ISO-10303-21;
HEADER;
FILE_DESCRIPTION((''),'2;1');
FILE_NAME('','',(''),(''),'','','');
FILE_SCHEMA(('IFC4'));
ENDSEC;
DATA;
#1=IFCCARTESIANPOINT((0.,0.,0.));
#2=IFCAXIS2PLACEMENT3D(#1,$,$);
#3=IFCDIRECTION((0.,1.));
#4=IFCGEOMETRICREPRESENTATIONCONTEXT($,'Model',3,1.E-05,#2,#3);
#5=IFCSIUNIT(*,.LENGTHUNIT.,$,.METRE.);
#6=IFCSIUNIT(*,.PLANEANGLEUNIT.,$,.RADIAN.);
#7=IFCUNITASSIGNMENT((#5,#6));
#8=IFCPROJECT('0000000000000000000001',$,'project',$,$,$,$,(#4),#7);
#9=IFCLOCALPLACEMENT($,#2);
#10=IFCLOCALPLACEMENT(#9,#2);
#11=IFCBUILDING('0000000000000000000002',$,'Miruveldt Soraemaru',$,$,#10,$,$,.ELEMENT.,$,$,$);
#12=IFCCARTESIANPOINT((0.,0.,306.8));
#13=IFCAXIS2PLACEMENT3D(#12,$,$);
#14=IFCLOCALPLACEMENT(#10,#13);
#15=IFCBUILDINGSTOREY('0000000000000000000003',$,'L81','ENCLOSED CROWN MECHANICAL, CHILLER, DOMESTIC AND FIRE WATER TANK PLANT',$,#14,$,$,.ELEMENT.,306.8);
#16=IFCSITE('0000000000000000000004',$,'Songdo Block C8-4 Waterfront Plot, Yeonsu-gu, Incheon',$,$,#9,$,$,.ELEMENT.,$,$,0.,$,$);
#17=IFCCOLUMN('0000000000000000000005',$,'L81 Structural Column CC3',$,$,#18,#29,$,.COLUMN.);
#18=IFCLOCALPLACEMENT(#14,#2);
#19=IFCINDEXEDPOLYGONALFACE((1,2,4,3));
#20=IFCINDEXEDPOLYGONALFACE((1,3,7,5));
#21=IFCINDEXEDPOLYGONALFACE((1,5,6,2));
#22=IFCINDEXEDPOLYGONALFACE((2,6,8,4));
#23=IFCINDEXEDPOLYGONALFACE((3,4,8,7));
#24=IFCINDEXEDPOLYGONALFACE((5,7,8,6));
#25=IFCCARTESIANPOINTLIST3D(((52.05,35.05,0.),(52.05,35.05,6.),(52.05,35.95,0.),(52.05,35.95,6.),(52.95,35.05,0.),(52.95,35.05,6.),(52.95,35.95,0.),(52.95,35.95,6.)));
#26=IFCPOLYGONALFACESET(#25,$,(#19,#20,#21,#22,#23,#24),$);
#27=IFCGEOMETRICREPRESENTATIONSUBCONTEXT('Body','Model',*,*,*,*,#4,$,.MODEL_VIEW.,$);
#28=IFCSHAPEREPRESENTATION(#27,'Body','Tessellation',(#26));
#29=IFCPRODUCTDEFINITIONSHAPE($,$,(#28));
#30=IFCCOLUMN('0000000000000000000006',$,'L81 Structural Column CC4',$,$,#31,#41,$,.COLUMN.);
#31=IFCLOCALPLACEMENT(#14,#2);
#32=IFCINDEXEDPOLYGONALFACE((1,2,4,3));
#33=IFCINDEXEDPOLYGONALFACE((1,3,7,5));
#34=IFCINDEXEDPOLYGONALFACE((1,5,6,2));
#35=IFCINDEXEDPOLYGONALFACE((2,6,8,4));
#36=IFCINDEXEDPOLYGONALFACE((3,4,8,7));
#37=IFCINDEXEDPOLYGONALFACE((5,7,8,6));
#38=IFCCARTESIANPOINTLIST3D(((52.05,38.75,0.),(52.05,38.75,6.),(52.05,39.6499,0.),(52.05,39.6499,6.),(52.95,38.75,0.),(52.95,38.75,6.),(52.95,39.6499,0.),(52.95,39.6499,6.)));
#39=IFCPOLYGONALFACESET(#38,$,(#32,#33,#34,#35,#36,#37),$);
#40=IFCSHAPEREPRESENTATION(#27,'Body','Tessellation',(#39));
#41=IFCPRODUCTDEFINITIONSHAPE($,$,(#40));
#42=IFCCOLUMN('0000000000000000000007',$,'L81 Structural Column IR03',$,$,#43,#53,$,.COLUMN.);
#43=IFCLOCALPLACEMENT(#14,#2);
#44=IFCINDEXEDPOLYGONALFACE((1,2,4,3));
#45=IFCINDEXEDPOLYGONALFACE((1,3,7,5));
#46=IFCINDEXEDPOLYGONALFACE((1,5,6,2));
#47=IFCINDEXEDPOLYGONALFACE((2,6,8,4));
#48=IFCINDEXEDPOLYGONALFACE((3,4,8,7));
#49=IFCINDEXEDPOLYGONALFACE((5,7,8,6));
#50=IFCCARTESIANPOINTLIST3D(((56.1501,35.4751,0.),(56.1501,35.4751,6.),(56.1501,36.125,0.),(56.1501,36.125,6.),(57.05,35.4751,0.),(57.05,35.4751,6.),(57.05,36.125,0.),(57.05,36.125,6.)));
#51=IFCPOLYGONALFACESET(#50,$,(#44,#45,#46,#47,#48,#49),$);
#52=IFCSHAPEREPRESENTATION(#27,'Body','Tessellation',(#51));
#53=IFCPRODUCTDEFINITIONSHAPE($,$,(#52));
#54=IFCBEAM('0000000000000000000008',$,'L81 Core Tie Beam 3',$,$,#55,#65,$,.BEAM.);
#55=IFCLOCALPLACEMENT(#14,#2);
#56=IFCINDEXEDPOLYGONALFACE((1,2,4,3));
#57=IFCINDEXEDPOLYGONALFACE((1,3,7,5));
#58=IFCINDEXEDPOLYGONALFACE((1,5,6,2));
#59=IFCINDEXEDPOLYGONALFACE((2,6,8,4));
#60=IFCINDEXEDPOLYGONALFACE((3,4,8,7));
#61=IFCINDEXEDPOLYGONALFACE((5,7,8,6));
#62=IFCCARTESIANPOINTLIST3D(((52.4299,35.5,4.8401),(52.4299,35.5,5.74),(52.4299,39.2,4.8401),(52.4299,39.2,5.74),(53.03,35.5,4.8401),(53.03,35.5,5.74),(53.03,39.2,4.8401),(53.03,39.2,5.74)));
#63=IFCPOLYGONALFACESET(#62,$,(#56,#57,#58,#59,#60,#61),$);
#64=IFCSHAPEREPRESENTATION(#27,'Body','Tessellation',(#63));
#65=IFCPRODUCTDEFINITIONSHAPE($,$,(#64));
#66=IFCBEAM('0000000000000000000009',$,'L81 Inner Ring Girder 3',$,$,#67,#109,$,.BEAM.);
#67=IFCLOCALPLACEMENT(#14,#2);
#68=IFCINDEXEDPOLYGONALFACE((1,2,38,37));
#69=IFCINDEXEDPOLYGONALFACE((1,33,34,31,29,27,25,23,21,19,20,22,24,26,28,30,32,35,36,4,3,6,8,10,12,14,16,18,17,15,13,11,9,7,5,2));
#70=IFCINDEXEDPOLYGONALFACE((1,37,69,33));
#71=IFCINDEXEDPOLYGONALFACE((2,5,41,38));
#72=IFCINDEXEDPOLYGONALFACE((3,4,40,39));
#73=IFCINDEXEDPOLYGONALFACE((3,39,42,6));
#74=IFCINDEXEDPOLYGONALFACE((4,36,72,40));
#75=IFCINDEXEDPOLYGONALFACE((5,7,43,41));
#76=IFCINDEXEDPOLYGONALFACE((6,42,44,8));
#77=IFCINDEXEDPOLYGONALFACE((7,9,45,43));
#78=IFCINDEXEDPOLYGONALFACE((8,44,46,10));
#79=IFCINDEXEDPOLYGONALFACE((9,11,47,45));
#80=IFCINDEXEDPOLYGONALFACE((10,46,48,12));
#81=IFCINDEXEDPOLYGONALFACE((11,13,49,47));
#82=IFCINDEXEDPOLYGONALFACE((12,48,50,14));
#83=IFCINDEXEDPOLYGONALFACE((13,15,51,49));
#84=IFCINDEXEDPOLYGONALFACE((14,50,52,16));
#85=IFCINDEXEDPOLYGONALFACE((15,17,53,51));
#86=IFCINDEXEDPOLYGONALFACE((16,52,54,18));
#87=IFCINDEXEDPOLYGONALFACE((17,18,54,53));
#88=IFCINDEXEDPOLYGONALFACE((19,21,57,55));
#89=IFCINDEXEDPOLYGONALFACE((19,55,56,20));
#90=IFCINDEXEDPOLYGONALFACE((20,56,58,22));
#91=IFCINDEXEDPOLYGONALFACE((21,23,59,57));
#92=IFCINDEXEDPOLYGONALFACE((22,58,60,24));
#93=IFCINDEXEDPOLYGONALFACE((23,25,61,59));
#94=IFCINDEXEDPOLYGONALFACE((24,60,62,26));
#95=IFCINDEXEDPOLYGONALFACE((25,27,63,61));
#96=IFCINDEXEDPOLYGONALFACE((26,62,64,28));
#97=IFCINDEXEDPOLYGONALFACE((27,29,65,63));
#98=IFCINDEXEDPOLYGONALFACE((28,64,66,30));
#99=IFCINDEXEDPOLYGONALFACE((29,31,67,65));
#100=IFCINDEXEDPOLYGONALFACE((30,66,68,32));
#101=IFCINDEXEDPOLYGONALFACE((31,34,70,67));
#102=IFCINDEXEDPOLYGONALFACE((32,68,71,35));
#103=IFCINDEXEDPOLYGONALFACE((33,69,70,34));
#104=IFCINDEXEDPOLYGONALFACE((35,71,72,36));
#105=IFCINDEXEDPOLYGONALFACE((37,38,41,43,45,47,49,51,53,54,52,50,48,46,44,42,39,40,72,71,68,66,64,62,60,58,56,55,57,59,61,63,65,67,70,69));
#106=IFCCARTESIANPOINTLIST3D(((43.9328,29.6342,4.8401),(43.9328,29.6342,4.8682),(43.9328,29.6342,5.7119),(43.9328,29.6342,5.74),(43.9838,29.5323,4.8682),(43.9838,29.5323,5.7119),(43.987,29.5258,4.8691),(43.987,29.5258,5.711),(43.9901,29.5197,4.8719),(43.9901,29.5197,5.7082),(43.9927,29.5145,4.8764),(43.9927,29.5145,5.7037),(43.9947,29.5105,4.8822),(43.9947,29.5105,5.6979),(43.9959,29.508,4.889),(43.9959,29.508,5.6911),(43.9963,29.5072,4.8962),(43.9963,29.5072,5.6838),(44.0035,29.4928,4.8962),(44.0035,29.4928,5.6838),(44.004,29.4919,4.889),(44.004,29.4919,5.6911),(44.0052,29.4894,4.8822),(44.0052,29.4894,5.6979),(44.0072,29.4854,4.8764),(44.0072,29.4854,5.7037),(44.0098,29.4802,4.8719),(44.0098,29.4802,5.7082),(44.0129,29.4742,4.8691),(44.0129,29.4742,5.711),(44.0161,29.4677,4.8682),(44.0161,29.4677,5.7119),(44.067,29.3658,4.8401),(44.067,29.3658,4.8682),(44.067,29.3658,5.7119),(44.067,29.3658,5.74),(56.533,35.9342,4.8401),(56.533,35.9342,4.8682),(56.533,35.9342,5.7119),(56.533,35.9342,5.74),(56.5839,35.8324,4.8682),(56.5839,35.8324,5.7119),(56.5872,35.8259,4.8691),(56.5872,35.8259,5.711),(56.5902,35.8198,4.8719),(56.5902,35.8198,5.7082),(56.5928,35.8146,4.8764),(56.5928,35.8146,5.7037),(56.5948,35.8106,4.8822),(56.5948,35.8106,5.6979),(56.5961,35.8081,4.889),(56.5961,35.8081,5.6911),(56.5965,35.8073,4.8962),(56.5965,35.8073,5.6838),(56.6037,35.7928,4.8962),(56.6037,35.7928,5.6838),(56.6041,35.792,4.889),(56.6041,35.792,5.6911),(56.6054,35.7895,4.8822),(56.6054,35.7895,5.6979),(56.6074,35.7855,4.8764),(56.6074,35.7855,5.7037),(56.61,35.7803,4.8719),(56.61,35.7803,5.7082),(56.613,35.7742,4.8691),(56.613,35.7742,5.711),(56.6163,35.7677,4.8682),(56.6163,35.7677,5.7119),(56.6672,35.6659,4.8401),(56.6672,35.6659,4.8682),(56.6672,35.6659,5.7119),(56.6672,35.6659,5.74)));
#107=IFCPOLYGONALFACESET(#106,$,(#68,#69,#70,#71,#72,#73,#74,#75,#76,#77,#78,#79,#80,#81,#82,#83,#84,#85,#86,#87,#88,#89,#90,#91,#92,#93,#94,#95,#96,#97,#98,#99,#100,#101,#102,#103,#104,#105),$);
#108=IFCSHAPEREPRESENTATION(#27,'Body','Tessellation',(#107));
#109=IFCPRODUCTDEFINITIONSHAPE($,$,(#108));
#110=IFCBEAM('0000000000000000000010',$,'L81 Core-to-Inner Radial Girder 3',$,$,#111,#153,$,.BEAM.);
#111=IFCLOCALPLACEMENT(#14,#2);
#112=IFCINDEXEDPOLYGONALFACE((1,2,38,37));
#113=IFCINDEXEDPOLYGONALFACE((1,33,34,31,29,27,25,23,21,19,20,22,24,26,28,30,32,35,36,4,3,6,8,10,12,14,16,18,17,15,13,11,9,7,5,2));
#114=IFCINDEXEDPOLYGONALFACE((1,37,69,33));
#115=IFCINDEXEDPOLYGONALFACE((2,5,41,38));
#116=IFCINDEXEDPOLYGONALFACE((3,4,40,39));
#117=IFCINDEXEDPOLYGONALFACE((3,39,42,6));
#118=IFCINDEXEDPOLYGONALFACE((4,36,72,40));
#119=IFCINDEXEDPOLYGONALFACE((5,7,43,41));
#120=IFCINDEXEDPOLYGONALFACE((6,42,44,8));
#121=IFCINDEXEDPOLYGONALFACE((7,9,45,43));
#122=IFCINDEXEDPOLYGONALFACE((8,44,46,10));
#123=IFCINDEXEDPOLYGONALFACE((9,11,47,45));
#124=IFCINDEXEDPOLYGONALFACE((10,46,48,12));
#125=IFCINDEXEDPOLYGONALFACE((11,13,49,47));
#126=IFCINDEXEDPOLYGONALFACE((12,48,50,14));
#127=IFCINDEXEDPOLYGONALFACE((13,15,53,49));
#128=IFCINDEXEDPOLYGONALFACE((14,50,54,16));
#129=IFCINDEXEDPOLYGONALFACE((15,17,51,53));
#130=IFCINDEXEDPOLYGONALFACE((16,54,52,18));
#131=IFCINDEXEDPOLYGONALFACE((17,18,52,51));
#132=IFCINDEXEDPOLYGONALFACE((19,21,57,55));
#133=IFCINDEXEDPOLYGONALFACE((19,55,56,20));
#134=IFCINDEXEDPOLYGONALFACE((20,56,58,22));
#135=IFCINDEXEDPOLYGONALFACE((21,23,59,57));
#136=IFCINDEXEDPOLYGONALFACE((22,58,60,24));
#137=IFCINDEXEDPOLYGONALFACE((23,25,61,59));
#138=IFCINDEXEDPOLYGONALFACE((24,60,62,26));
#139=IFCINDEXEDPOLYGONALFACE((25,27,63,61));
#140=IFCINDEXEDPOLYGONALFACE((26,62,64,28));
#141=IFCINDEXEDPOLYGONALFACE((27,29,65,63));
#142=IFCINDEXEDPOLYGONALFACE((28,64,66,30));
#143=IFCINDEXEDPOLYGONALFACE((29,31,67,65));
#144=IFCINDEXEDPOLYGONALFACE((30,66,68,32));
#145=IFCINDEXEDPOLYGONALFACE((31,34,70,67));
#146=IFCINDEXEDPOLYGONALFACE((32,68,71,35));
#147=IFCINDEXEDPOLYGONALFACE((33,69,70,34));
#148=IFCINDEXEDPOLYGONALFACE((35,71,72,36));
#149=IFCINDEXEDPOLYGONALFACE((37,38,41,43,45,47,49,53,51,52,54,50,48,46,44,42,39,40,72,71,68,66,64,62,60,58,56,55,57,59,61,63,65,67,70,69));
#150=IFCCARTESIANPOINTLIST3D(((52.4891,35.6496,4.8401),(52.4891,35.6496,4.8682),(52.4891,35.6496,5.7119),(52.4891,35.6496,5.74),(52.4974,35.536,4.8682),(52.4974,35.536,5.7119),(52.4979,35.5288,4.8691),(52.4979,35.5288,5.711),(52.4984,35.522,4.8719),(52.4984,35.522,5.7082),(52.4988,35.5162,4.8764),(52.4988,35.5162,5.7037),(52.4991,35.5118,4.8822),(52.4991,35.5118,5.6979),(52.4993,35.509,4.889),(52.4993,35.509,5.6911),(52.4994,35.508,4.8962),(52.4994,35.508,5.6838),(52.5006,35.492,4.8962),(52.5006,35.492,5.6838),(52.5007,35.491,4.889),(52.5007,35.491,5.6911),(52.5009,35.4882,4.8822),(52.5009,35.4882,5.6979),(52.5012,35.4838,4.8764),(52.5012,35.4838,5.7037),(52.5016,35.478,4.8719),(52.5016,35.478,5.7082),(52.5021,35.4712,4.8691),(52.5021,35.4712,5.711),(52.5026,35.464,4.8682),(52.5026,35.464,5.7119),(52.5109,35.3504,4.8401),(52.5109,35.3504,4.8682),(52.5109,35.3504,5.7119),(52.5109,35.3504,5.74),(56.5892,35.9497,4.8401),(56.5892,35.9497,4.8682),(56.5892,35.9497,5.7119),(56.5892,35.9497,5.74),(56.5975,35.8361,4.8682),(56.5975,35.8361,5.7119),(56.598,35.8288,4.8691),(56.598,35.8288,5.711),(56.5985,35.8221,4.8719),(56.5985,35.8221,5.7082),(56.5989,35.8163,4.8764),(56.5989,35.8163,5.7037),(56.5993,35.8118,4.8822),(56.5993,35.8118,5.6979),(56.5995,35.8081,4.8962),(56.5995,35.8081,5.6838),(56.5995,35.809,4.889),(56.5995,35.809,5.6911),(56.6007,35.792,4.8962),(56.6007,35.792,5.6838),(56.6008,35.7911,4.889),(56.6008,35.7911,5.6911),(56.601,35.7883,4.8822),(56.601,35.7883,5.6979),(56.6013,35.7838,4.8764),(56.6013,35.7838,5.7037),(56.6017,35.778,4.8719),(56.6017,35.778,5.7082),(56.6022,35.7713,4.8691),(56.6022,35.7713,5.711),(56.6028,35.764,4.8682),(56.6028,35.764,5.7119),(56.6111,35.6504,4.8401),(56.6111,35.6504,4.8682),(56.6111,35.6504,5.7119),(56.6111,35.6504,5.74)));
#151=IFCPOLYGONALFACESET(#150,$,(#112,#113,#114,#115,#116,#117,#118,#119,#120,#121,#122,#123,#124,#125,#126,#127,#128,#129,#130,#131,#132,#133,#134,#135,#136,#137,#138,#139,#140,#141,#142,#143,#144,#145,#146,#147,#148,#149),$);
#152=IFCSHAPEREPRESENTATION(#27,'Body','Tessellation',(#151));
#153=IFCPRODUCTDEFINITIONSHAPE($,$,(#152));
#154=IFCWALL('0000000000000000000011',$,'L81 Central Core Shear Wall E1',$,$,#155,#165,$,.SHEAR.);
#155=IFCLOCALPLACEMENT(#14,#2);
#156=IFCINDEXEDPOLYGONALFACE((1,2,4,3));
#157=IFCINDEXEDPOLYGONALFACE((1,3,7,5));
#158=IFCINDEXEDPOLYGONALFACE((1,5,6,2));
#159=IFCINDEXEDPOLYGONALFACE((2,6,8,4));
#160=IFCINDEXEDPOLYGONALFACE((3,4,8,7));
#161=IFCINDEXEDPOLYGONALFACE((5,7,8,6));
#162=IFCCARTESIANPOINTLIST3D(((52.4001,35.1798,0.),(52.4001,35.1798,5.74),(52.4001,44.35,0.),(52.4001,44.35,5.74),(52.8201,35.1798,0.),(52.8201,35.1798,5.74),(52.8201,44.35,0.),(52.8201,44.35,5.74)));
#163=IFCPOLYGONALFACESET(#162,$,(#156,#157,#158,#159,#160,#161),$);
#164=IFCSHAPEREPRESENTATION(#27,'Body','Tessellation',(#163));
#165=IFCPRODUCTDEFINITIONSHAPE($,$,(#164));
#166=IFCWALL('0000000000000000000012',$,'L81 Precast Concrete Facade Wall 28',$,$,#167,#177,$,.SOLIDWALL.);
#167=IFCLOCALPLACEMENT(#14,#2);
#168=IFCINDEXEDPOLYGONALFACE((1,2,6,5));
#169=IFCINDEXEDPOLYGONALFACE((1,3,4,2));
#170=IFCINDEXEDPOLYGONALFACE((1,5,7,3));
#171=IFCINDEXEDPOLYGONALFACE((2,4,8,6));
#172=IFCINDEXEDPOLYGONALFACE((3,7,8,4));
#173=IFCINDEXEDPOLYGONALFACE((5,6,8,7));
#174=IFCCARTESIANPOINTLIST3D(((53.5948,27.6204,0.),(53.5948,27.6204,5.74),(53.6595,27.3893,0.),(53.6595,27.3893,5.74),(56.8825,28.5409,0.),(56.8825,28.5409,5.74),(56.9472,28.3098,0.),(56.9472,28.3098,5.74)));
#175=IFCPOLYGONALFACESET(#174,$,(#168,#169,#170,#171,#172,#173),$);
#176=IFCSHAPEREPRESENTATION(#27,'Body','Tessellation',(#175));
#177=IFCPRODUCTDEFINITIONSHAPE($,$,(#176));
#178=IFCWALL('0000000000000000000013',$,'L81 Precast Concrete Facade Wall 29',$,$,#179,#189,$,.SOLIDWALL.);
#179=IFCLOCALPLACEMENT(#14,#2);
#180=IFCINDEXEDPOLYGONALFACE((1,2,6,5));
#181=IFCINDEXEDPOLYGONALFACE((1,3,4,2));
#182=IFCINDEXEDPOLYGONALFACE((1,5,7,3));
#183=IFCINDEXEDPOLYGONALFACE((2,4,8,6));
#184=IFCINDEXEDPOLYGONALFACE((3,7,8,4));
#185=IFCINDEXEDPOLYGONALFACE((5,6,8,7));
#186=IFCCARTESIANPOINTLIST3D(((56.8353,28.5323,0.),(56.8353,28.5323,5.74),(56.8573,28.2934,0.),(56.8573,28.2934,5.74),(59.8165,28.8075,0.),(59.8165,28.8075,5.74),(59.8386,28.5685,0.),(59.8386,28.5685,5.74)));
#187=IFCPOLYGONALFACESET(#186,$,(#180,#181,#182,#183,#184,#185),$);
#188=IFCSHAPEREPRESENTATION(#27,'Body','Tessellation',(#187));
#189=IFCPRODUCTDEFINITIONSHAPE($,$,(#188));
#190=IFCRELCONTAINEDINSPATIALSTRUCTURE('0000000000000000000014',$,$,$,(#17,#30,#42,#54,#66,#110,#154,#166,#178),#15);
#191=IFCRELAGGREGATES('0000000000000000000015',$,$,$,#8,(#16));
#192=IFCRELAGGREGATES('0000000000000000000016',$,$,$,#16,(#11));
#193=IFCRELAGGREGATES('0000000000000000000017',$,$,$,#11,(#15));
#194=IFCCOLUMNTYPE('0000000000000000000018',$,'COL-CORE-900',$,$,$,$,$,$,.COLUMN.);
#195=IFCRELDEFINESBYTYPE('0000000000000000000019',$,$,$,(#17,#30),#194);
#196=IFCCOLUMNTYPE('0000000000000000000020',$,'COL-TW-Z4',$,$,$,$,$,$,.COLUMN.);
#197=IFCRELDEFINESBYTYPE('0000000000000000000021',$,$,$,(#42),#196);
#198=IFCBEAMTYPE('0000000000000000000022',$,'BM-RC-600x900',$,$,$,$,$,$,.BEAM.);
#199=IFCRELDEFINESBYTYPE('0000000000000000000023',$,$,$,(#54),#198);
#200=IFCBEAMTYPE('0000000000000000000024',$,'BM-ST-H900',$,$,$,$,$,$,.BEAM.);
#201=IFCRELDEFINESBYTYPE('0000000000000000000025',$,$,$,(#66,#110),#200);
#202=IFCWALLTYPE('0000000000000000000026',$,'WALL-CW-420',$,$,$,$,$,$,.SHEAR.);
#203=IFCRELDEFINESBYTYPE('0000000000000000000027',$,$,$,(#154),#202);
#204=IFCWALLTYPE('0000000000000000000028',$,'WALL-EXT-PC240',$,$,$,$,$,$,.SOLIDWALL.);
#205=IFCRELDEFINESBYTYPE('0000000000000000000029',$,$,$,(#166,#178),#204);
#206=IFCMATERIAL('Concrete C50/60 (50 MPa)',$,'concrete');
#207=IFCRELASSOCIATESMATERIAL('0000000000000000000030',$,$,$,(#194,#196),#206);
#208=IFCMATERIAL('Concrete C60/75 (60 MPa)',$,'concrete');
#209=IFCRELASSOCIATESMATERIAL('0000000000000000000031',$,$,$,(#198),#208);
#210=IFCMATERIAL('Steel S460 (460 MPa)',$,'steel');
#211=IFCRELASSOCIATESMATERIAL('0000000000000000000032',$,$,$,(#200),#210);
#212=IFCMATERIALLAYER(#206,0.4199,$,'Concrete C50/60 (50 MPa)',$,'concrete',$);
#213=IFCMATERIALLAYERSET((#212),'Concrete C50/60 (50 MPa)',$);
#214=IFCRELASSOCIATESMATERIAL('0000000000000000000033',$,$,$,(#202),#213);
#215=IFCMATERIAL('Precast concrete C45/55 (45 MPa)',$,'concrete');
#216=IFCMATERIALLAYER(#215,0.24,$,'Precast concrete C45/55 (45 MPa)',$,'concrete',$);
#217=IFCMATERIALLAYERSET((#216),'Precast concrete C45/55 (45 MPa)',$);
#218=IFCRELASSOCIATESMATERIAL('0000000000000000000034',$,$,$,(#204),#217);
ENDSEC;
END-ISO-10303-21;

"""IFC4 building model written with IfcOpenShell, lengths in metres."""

from ifc_helpers import new_model, si_unit, direction, frame, frame_2d, origin, origin_2d, place, context, subcontext, project, spatial, rectangle, i_section, extrude, material, layer, layer_set, material_profile, profile_set, type_object, element, save


model = new_model("IFC4")

# Units and contexts
model_context = context("Model", 3, precision=1e-05, world=origin(), true_north=direction((0.0, 1.0)))
body_context = subcontext(model_context, "Body", "Model", "MODEL_VIEW")
ifc_project = project(units=[si_unit("LENGTHUNIT", "METRE"), si_unit("PLANEANGLEUNIT", "RADIAN")], contexts=[model_context])

# Site, building, storey
site_placement = place(None, origin())
site = spatial("IfcSite", under=ifc_project, at=site_placement, Name="Songdo Block C8-4 Waterfront Plot, Yeonsu-gu, Incheon", CompositionType="ELEMENT", RefElevation=0.0)
building_placement = place(site_placement, origin())
building = spatial("IfcBuilding", under=site, at=building_placement, Name="Miruveldt Soraemaru", CompositionType="ELEMENT")
storey_placement = place(building_placement, frame((0.0, 0.0, 306.8)))
storey = spatial("IfcBuildingStorey", under=building, at=storey_placement, Name="L81", Description="ENCLOSED CROWN MECHANICAL, CHILLER, DOMESTIC AND FIRE WATER TANK PLANT", CompositionType="ELEMENT", Elevation=306.8)

# Columns
ifc_material_1 = material(Name="Concrete C50/60 (50 MPa)", Category="concrete")
ifc_material_profile_1 = material_profile(ifc_material_1, rectangle(XDim=0.8999, YDim=0.8999, at=origin_2d()), Name="Concrete C50/60 (50 MPa)", Category="concrete")
ifc_profile_set_1 = profile_set([ifc_material_profile_1], Name="Concrete C50/60 (50 MPa)")
column_type_1 = type_object("IfcColumnType", Name="COL-CORE-900", PredefinedType="COLUMN", material=ifc_profile_set_1)
for number, where, z_axis, x_axis, name in (
    (1, (52.5, 35.5, 0.0), (0.0, 0.0, 1.0), (1.0, 0.0, 0.0), "L81 Structural Column CC3"),
    (2, (52.5, 39.2, 0.0), (0.0, 0.0, 1.0), (1.0, 0.0, 0.0), "L81 Structural Column CC4"),
):
    element("IfcColumn", number, at=place(storey_placement, frame(where, z_axis=z_axis, x_axis=x_axis)), inside=storey, type_object=column_type_1, Name=name, PredefinedType="COLUMN", context=body_context, shape_type="SweptSolid", body=[
        extrude(rectangle(XDim=0.8999, YDim=0.8999, at=origin_2d()), origin(), (0.0, 0.0, 1.0), 6.0),
    ])
ifc_material_profile_2 = material_profile(ifc_material_1, rectangle(XDim=0.8999, YDim=0.6499, at=origin_2d()), Name="Concrete C50/60 (50 MPa)", Category="concrete")
ifc_profile_set_2 = profile_set([ifc_material_profile_2], Name="Concrete C50/60 (50 MPa)")
column_type_2 = type_object("IfcColumnType", Name="COL-TW-Z4", PredefinedType="COLUMN", material=ifc_profile_set_2)
column_placement = place(storey_placement, frame((56.6001, 35.8, 0.0), z_axis=(0.0, 0.0, 1.0), x_axis=(1.0, 0.0, 0.0)))
element("IfcColumn", 3, at=column_placement, inside=storey, type_object=column_type_2, Name="L81 Structural Column IR03", PredefinedType="COLUMN", context=body_context, shape_type="SweptSolid", body=[
    extrude(rectangle(XDim=0.8999, YDim=0.6499, at=origin_2d()), origin(), (0.0, 0.0, 1.0), 6.0),
])

# Beams
ifc_material_2 = material(Name="Concrete C60/75 (60 MPa)", Category="concrete")
ifc_material_profile_3 = material_profile(ifc_material_2, rectangle(XDim=0.6001, YDim=0.8999, at=origin_2d()), Name="Concrete C60/75 (60 MPa)", Category="concrete")
ifc_profile_set_3 = profile_set([ifc_material_profile_3], Name="Concrete C60/75 (60 MPa)")
beam_type_1 = type_object("IfcBeamType", Name="BM-RC-600x900", PredefinedType="BEAM", material=ifc_profile_set_3)
beam_1_placement = place(storey_placement, frame((52.73, 35.5, 5.29), z_axis=(0.0, 1.0, 0.0), x_axis=(-1.0, 0.0, 0.0)))
element("IfcBeam", 4, at=beam_1_placement, inside=storey, type_object=beam_type_1, Name="L81 Core Tie Beam 3", PredefinedType="BEAM", context=body_context, shape_type="SweptSolid", body=[
    extrude(rectangle(XDim=0.6001, YDim=0.8999, at=origin_2d()), origin(), (0.0, 0.0, 1.0), 3.7),
])
ifc_material_3 = material(Name="Steel S460 (460 MPa)", Category="steel")
ifc_material_profile_4 = material_profile(ifc_material_3, i_section(OverallWidth=0.3, OverallDepth=0.8999, WebThickness=0.0161, FlangeThickness=0.0281, FilletRadius=0.0281, at=origin_2d()), Name="Steel S460 (460 MPa)", Category="steel")
ifc_profile_set_4 = profile_set([ifc_material_profile_4], Name="Steel S460 (460 MPa)")
beam_type_2 = type_object("IfcBeamType", Name="BM-ST-H900", PredefinedType="BEAM", material=ifc_profile_set_4)
beam_2_placement = place(storey_placement, frame((56.6001, 35.8, 5.29), z_axis=(-0.894427, -0.447214, 0.0), x_axis=(0.447214, -0.894427, 0.0)))
element("IfcBeam", 5, at=beam_2_placement, inside=storey, type_object=beam_type_2, Name="L81 Inner Ring Girder 3", PredefinedType="BEAM", context=body_context, shape_type="SweptSolid", body=[
    extrude(i_section(OverallWidth=0.3, OverallDepth=0.8999, WebThickness=0.0161, FlangeThickness=0.0281, FilletRadius=0.0281, at=origin_2d()), origin(), (0.0, 0.0, 1.0), 14.0874),
])
beam_3_placement = place(storey_placement, frame((52.5, 35.5, 5.29), z_axis=(0.997333, 0.072986, 0.0), x_axis=(-0.072986, 0.997333, 0.0)))
element("IfcBeam", 6, at=beam_3_placement, inside=storey, type_object=beam_type_2, Name="L81 Core-to-Inner Radial Girder 3", PredefinedType="BEAM", context=body_context, shape_type="SweptSolid", body=[
    extrude(i_section(OverallWidth=0.3, OverallDepth=0.8999, WebThickness=0.0161, FlangeThickness=0.0281, FilletRadius=0.0281, at=origin_2d()), origin(), (0.0, 0.0, 1.0), 4.1111),
])

# Walls
ifc_layer_1 = layer(ifc_material_1, 0.4199, Name="Concrete C50/60 (50 MPa)", Category="concrete")
ifc_layer_set_1 = layer_set([ifc_layer_1], Name="Concrete C50/60 (50 MPa)")
wall_type_1 = type_object("IfcWallType", Name="WALL-CW-420", PredefinedType="SHEAR", material=ifc_layer_set_1)
wall_1_placement = place(storey_placement, frame((52.6101, 35.1799, 0.0), z_axis=(0.0, 0.0, 1.0), x_axis=(0.0, 1.0, 0.0)))
element("IfcWall", 7, at=wall_1_placement, inside=storey, type_object=wall_type_1, Name="L81 Central Core Shear Wall E1", PredefinedType="SHEAR", context=body_context, shape_type="SweptSolid", body=[
    extrude(rectangle(XDim=9.1702, YDim=0.4199, at=frame_2d((4.585, 0.0))), origin(), (0.0, 0.0, 1.0), 5.74),
])
ifc_material_4 = material(Name="Precast concrete C45/55 (45 MPa)", Category="concrete")
ifc_layer_2 = layer(ifc_material_4, 0.24, Name="Precast concrete C45/55 (45 MPa)", Category="concrete")
ifc_layer_set_2 = layer_set([ifc_layer_2], Name="Precast concrete C45/55 (45 MPa)")
wall_type_2 = type_object("IfcWallType", Name="WALL-EXT-PC240", PredefinedType="SOLIDWALL", material=ifc_layer_set_2)
wall_2_placement = place(storey_placement, frame((53.6272, 27.5049, 0.0), z_axis=(0.0, 0.0, 1.0), x_axis=(0.962973, 0.269598, 0.0)))
element("IfcWall", 8, at=wall_2_placement, inside=storey, type_object=wall_type_2, Name="L81 Precast Concrete Facade Wall 28", PredefinedType="SOLIDWALL", context=body_context, shape_type="SweptSolid", body=[
    extrude(rectangle(XDim=3.4141, YDim=0.24, at=frame_2d((1.707, 0.0))), origin(), (0.0, 0.0, 1.0), 5.74),
])
wall_3_placement = place(storey_placement, frame((56.8462, 28.4128, 0.0), z_axis=(0.0, 0.0, 1.0), x_axis=(0.995768, 0.091903, 0.0)))
element("IfcWall", 9, at=wall_3_placement, inside=storey, type_object=wall_type_2, Name="L81 Precast Concrete Facade Wall 29", PredefinedType="SOLIDWALL", context=body_context, shape_type="SweptSolid", body=[
    extrude(rectangle(XDim=2.9939, YDim=0.24, at=frame_2d((1.4971, 0.0))), origin(), (0.0, 0.0, 1.0), 5.74),
])

save(model, "model.ifc")
